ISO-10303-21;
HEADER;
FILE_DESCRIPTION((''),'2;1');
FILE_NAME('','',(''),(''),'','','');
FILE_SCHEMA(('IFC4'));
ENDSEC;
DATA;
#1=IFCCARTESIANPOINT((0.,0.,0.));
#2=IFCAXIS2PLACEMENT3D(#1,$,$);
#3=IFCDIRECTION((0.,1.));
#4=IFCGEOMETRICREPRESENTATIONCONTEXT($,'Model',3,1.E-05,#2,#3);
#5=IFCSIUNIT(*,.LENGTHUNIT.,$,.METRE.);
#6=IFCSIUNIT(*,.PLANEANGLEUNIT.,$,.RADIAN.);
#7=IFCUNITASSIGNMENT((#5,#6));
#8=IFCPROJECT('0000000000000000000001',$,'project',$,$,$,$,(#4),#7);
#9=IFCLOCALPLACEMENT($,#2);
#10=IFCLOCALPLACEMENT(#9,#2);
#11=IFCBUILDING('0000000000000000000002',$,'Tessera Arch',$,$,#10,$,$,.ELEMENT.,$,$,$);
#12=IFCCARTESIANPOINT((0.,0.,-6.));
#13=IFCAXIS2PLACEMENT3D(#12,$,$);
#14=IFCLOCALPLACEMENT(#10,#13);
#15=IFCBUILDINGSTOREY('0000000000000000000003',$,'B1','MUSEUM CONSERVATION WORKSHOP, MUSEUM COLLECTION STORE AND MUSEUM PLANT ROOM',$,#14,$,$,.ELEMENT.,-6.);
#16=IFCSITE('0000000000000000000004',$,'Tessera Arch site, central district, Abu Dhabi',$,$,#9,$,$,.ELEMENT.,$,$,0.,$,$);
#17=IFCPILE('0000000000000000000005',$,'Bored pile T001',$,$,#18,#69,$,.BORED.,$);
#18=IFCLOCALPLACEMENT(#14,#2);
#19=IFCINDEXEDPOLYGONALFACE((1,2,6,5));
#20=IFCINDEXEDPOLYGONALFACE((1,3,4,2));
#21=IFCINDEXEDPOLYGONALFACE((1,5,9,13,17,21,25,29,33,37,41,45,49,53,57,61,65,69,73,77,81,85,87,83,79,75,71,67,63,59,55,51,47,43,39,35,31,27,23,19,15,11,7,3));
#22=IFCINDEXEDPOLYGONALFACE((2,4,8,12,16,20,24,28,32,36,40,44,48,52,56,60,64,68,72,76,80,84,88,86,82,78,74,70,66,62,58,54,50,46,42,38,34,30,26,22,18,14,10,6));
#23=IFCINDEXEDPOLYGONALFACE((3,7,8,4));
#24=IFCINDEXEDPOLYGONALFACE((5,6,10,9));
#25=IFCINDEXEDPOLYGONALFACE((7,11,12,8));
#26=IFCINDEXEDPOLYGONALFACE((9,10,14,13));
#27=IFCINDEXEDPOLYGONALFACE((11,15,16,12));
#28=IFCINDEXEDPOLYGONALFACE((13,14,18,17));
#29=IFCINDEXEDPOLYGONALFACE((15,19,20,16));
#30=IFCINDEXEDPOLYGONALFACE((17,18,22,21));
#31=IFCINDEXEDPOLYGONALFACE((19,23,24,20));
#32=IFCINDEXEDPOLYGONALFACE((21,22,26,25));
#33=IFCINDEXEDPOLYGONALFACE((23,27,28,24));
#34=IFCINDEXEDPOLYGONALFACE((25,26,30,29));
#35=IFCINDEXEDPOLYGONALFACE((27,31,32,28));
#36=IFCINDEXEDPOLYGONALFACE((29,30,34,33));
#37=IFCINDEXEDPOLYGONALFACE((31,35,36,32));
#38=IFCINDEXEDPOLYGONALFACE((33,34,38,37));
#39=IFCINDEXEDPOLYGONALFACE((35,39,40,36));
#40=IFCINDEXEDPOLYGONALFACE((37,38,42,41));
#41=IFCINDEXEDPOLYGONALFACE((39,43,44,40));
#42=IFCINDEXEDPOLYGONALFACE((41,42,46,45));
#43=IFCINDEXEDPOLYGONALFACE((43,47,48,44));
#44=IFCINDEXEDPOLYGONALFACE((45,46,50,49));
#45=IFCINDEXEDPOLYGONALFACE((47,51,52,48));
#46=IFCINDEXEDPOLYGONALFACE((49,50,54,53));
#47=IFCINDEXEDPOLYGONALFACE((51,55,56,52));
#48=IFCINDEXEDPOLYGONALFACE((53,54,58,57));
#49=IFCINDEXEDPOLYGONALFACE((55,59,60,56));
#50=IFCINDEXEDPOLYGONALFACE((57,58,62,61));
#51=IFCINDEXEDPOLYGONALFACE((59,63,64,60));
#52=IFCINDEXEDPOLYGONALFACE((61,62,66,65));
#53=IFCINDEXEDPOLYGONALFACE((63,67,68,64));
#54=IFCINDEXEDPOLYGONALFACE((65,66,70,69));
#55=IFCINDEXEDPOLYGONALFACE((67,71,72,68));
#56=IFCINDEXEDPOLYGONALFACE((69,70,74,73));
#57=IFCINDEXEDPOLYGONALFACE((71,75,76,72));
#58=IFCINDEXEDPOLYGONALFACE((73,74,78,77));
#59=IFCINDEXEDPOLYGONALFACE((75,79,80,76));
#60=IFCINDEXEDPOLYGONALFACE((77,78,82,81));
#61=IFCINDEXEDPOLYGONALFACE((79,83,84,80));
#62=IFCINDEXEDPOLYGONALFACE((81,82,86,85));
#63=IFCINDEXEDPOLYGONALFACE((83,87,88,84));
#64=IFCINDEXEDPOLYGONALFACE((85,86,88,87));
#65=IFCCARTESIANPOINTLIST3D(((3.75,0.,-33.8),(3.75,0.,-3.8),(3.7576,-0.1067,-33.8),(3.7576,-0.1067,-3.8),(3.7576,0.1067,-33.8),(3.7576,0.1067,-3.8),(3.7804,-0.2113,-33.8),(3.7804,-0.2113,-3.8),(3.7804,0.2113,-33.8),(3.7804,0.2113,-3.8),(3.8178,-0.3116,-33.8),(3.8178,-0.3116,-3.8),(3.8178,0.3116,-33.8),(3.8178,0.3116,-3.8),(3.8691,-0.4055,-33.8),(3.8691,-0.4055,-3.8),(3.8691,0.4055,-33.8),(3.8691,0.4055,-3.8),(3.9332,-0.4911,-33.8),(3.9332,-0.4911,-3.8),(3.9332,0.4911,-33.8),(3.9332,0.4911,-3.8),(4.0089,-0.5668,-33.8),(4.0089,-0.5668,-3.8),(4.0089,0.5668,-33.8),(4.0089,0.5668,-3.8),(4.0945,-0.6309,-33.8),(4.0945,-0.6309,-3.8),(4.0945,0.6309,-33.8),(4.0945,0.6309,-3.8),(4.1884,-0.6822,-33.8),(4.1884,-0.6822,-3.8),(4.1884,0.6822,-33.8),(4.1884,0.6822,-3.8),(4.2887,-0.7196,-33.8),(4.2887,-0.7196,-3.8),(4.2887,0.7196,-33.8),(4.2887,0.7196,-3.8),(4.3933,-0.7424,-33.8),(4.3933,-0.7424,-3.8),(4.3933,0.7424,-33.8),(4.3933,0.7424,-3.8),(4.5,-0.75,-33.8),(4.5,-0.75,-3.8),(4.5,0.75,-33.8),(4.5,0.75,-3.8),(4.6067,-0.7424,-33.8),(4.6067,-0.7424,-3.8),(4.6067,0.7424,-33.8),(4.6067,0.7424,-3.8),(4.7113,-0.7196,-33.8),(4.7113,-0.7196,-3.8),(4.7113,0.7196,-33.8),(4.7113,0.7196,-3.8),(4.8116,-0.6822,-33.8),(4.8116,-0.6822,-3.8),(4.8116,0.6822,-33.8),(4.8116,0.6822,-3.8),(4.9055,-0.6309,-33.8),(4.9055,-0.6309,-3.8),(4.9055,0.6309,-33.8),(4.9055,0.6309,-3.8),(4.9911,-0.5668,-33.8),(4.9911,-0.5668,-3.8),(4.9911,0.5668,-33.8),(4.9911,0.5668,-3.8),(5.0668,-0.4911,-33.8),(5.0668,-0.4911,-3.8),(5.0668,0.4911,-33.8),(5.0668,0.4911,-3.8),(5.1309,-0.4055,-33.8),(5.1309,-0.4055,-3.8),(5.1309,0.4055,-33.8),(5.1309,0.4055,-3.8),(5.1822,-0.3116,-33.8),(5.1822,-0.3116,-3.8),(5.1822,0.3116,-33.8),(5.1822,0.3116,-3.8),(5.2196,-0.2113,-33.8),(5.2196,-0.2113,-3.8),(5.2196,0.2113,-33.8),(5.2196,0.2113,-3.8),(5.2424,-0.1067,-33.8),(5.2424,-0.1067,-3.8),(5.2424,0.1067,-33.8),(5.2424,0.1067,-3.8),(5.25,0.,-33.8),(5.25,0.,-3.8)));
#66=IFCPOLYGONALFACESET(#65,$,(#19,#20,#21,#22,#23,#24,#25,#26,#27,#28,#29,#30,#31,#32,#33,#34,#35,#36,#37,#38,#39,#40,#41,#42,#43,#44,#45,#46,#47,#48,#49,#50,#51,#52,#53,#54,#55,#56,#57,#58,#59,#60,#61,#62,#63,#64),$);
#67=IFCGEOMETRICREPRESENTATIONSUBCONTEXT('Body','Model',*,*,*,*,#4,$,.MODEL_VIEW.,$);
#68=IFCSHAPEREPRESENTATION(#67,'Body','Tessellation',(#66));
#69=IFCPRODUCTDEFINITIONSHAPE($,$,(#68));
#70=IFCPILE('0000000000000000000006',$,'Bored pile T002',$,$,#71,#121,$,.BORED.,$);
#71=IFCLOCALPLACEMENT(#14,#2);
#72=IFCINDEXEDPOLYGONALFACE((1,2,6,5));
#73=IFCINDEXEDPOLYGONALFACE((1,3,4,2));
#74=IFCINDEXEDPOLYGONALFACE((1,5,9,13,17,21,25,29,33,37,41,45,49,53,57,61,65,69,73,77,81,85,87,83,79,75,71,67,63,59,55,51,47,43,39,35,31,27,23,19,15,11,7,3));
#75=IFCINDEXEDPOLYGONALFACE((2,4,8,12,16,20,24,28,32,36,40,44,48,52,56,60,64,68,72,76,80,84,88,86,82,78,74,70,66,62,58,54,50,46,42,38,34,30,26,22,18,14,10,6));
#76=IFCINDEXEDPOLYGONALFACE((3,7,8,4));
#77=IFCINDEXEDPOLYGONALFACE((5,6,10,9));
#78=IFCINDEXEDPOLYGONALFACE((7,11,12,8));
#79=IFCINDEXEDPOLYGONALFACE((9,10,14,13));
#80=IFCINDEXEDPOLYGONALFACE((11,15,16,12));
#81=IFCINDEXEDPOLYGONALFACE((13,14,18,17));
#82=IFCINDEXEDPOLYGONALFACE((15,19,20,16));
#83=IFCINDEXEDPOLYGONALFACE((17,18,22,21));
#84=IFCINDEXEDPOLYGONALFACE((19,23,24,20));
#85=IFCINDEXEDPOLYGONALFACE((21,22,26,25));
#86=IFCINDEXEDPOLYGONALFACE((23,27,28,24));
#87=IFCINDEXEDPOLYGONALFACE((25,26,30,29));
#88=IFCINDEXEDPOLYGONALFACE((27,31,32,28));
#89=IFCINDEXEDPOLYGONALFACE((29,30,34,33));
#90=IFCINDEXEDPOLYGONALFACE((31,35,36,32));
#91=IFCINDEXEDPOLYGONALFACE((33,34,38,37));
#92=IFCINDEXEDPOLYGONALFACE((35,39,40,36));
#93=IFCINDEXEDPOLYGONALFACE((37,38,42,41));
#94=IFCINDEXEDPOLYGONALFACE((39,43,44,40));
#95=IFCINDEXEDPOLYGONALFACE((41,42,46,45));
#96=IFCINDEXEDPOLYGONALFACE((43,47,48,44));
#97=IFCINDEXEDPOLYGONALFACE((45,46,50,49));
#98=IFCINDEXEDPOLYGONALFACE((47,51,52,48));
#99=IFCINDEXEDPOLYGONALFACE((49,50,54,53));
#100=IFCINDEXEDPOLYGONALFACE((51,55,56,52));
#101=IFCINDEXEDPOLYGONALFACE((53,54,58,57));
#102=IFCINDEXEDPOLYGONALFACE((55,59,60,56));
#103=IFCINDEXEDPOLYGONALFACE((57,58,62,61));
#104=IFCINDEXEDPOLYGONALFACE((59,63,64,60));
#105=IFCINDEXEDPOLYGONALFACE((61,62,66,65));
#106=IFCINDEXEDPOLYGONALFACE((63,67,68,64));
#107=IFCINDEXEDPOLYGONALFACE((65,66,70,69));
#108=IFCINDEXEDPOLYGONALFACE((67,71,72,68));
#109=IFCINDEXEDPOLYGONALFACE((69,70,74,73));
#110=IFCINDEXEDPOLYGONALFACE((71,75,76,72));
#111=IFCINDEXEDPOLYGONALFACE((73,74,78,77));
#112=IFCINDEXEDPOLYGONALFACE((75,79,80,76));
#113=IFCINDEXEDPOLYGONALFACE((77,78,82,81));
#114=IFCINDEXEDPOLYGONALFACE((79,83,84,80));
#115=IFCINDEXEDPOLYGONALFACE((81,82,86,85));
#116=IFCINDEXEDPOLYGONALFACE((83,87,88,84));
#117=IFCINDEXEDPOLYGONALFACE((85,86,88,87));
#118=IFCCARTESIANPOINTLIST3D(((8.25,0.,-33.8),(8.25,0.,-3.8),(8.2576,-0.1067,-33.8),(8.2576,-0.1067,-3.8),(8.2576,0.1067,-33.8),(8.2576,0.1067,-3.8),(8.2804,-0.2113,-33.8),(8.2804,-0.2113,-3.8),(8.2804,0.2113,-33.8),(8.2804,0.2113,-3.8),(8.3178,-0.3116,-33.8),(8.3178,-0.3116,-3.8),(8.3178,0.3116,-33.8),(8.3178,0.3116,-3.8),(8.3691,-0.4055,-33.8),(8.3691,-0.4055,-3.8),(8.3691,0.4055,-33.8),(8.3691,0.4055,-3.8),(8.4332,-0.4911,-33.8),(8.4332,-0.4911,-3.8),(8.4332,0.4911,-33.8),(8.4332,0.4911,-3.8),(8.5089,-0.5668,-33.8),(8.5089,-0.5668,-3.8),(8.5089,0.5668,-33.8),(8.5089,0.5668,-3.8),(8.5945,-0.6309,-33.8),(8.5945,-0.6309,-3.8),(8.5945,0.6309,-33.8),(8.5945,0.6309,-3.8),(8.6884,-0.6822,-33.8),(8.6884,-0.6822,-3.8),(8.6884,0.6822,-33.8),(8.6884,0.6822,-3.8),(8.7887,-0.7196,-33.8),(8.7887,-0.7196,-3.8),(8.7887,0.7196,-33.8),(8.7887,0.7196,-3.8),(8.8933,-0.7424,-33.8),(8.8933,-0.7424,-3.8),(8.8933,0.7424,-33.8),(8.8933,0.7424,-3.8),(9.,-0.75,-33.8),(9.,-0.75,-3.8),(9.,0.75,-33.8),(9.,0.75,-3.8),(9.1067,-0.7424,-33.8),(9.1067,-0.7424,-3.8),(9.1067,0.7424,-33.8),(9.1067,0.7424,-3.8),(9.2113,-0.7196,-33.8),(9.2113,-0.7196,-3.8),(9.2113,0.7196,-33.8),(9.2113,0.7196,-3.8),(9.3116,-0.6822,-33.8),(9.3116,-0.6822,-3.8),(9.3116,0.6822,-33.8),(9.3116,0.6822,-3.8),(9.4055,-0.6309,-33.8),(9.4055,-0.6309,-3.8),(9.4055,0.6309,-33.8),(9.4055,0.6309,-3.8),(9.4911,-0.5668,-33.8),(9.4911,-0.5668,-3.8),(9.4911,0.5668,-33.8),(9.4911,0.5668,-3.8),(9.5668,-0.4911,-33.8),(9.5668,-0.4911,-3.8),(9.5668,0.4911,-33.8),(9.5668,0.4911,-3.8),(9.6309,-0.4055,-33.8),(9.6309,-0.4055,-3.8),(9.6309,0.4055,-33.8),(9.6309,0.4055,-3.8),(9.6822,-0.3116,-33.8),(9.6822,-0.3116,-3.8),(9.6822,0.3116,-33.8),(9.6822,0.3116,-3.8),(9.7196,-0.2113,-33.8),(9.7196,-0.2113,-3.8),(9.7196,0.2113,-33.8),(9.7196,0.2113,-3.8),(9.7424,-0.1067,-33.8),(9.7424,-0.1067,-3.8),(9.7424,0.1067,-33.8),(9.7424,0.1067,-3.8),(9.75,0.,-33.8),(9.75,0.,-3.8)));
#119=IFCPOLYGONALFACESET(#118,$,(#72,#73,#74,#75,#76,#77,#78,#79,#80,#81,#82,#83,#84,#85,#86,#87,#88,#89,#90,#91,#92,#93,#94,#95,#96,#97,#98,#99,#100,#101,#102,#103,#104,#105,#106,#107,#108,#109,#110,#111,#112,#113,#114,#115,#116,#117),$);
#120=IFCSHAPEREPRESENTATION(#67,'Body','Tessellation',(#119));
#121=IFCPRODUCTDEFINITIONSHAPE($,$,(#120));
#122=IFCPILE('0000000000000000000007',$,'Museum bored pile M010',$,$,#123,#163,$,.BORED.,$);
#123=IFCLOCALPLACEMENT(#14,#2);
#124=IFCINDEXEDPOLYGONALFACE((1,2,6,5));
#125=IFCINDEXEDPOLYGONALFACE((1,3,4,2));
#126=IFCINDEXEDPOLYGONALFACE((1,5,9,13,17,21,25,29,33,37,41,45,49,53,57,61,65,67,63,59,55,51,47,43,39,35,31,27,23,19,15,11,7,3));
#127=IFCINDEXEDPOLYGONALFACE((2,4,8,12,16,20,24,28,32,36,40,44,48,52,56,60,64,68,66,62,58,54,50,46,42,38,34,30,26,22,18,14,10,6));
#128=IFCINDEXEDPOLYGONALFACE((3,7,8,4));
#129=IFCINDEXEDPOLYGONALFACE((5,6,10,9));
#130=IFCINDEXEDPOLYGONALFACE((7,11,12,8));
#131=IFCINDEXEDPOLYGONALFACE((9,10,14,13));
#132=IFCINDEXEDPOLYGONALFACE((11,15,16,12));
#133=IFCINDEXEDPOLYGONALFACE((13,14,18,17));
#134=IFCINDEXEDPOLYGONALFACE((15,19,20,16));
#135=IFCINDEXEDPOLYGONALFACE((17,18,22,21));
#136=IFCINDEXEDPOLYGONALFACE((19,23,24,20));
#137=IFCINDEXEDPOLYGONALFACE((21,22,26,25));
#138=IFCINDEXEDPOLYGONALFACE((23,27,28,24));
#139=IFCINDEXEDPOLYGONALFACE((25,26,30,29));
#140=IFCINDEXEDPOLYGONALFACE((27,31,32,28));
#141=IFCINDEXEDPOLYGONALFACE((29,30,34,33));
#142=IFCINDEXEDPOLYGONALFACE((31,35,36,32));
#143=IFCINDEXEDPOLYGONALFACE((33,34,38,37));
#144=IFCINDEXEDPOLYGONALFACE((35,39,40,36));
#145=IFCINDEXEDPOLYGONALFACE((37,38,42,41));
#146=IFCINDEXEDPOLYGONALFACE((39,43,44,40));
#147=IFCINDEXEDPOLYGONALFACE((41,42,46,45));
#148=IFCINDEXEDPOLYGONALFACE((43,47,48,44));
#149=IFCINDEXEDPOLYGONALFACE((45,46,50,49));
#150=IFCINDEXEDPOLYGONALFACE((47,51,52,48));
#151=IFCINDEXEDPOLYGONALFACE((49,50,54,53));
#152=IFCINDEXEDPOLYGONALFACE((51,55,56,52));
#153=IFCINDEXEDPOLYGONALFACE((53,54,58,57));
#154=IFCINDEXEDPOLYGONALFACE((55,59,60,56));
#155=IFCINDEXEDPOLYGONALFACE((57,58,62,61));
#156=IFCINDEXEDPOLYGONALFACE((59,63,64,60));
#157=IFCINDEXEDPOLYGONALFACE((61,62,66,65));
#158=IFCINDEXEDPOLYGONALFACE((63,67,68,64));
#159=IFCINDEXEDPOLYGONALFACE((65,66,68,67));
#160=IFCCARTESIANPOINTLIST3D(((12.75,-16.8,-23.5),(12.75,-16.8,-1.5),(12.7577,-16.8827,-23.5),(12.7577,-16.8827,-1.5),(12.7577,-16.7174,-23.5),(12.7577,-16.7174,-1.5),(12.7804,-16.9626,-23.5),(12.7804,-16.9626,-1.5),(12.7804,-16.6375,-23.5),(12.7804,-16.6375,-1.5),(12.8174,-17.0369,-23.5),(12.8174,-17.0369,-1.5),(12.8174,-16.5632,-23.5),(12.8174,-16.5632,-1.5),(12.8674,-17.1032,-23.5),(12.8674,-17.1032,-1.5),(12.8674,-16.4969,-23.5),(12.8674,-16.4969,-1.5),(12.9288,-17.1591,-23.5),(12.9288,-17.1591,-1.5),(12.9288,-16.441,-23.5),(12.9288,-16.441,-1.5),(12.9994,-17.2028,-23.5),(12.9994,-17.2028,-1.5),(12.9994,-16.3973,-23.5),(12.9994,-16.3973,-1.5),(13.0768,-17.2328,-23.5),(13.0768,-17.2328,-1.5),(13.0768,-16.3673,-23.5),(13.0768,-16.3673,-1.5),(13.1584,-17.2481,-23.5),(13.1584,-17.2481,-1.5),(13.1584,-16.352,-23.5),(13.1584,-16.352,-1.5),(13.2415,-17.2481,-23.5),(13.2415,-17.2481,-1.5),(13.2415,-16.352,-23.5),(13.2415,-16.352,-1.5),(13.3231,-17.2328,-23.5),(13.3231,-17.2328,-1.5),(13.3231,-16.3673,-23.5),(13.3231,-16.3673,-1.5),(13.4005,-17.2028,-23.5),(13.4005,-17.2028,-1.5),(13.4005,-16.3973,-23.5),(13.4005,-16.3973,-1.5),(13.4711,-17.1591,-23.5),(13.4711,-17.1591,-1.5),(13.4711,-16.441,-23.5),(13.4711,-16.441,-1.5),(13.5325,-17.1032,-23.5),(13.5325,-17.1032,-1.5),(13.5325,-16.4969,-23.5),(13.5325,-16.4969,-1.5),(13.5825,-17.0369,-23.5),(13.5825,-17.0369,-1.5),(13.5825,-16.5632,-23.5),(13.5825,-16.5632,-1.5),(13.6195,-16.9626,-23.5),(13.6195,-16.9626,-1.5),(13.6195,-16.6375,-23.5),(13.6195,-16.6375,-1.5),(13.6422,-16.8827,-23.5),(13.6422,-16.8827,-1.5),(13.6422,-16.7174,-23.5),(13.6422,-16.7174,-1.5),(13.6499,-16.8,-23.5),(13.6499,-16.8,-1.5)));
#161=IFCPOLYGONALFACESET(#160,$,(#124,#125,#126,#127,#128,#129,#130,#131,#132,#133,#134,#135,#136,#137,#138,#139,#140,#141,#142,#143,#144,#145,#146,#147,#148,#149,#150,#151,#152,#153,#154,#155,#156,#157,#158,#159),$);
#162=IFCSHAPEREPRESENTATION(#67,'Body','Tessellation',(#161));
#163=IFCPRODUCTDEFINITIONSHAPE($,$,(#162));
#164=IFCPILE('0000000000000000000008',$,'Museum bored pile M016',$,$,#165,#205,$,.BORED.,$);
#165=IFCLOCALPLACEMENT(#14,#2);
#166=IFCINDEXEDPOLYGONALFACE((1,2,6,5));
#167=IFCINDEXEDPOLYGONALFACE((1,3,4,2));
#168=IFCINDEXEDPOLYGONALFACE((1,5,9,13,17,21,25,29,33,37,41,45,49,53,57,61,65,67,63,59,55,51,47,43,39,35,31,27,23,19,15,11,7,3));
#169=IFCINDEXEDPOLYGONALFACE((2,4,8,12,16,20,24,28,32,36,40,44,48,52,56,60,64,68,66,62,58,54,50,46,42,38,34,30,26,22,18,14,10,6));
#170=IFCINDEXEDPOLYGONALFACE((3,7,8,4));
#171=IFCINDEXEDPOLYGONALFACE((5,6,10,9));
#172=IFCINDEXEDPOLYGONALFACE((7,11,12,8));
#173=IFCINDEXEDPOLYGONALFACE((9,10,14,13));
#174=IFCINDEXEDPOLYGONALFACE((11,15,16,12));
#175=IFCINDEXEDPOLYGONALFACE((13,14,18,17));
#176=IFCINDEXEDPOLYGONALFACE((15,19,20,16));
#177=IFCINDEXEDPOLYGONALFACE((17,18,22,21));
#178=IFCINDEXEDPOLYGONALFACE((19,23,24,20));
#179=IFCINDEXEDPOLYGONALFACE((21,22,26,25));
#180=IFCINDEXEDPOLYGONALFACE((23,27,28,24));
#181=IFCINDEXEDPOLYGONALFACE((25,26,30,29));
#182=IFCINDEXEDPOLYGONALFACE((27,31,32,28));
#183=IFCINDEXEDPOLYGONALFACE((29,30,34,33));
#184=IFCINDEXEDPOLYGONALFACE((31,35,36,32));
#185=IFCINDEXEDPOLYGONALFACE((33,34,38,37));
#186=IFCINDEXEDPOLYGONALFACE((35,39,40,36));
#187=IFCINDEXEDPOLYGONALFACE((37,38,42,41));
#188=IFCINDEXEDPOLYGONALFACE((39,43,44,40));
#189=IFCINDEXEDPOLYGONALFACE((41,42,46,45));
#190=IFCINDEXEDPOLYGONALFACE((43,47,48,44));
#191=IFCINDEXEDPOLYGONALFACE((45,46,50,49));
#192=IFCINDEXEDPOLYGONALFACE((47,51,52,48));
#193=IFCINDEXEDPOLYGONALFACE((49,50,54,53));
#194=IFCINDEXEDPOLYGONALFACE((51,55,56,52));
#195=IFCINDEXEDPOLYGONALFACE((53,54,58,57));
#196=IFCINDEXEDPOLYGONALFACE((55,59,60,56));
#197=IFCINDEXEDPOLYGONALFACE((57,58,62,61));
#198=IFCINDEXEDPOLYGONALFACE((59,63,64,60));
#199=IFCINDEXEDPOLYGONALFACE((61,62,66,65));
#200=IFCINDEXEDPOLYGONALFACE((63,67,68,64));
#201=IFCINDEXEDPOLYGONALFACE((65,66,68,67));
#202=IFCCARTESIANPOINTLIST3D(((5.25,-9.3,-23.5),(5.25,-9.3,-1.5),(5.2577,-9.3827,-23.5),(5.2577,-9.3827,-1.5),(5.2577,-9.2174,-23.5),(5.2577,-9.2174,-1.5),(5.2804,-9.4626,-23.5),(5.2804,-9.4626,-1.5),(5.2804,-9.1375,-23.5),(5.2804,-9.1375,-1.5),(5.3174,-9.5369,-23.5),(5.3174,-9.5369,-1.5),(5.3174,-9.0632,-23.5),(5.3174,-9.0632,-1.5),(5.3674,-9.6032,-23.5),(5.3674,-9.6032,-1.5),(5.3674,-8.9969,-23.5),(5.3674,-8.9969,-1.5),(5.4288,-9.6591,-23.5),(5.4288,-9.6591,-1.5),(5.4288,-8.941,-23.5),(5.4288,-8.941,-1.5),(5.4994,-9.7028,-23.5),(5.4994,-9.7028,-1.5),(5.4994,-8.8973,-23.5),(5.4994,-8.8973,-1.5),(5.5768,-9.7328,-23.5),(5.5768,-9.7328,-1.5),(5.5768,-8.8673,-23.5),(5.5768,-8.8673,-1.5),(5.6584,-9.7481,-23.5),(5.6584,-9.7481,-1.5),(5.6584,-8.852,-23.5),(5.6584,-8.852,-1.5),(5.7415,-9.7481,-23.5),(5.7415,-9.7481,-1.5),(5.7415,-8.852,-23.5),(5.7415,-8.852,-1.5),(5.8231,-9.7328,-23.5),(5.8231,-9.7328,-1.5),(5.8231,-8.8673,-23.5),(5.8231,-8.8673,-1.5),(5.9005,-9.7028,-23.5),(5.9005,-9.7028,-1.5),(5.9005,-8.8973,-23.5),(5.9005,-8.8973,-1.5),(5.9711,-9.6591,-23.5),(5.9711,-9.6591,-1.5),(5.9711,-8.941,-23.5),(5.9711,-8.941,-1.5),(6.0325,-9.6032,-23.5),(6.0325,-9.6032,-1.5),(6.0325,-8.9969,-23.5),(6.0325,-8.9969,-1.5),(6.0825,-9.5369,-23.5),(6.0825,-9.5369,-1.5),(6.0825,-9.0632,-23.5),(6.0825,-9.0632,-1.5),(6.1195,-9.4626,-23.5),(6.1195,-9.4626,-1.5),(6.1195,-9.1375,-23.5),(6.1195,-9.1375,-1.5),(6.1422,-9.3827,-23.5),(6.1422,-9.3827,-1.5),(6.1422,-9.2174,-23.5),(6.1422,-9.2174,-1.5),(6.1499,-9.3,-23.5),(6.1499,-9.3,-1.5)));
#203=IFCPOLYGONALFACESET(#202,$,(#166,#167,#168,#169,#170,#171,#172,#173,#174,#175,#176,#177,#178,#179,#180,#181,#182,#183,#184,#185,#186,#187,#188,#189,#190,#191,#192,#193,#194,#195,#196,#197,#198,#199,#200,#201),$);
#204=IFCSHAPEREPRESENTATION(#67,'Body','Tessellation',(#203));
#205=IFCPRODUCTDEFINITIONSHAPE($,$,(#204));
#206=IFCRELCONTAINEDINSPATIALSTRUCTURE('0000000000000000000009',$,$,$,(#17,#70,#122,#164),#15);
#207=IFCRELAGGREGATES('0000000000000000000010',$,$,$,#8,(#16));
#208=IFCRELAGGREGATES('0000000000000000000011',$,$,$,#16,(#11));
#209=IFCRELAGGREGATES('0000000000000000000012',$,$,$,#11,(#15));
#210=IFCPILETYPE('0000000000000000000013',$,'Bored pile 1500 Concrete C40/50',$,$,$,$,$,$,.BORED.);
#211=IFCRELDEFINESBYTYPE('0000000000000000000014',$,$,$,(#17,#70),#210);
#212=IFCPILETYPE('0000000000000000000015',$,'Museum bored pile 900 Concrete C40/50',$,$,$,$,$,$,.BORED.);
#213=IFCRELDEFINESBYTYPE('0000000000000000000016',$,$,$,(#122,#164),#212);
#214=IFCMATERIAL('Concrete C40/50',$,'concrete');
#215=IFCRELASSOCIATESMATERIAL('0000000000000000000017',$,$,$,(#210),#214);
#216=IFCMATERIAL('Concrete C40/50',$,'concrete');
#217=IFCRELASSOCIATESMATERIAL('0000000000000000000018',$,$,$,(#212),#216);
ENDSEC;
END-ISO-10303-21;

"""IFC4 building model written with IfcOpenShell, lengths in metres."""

from ifc_helpers import new_model, si_unit, direction, frame, origin, origin_2d, place, context, subcontext, project, spatial, circle, extrude, material, type_object, element, save


model = new_model("IFC4")

# Units and contexts
model_context = context("Model", 3, precision=1e-05, world=origin(), true_north=direction((0.0, 1.0)))
body_context = subcontext(model_context, "Body", "Model", "MODEL_VIEW")
ifc_project = project(units=[si_unit("LENGTHUNIT", "METRE"), si_unit("PLANEANGLEUNIT", "RADIAN")], contexts=[model_context])

# Site, building, storey
site_placement = place(None, origin())
site = spatial("IfcSite", under=ifc_project, at=site_placement, Name="Tessera Arch site, central district, Abu Dhabi", CompositionType="ELEMENT", RefElevation=0.0)
building_placement = place(site_placement, origin())
building = spatial("IfcBuilding", under=site, at=building_placement, Name="Tessera Arch", CompositionType="ELEMENT")
storey_placement = place(building_placement, frame((0.0, 0.0, -6.0)))
storey = spatial("IfcBuildingStorey", under=building, at=storey_placement, Name="B1", Description="MUSEUM CONSERVATION WORKSHOP, MUSEUM COLLECTION STORE AND MUSEUM PLANT ROOM", CompositionType="ELEMENT", Elevation=-6.0)

# Piles
ifc_material_1 = material(Name="Concrete C40/50", Category="concrete")
pile_type_1 = type_object("IfcPileType", Name="Bored pile 1500 Concrete C40/50", PredefinedType="BORED", material=ifc_material_1)
for number, where, z_axis, x_axis, name in (
    (1, (4.5, 0.0, -3.8), (0.0, 0.0, -1.0), (1.0, 0.0, 0.0), "Bored pile T001"),
    (2, (9.0, 0.0, -3.8), (0.0, 0.0, -1.0), (1.0, 0.0, 0.0), "Bored pile T002"),
):
    element("IfcPile", number, at=place(storey_placement, frame(where, z_axis=z_axis, x_axis=x_axis)), inside=storey, type_object=pile_type_1, Name=name, PredefinedType="BORED", context=body_context, shape_type="SweptSolid", body=[
        extrude(circle(Radius=0.75, at=origin_2d()), origin(), (0.0, 0.0, 1.0), 30.0),
    ])
ifc_material_2 = material(Name="Concrete C40/50", Category="concrete")
pile_type_2 = type_object("IfcPileType", Name="Museum bored pile 900 Concrete C40/50", PredefinedType="BORED", material=ifc_material_2)
for number, where, z_axis, x_axis, name in (
    (3, (13.2, -16.8, -1.5), (0.0, 0.0, -1.0), (1.0, 0.0, 0.0), "Museum bored pile M010"),
    (4, (5.7, -9.3, -1.5), (0.0, 0.0, -1.0), (1.0, 0.0, 0.0), "Museum bored pile M016"),
):
    element("IfcPile", number, at=place(storey_placement, frame(where, z_axis=z_axis, x_axis=x_axis)), inside=storey, type_object=pile_type_2, Name=name, PredefinedType="BORED", context=body_context, shape_type="SweptSolid", body=[
        extrude(circle(Radius=0.45, at=origin_2d()), origin(), (0.0, 0.0, 1.0), 22.0),
    ])

save(model, "model.ifc")
